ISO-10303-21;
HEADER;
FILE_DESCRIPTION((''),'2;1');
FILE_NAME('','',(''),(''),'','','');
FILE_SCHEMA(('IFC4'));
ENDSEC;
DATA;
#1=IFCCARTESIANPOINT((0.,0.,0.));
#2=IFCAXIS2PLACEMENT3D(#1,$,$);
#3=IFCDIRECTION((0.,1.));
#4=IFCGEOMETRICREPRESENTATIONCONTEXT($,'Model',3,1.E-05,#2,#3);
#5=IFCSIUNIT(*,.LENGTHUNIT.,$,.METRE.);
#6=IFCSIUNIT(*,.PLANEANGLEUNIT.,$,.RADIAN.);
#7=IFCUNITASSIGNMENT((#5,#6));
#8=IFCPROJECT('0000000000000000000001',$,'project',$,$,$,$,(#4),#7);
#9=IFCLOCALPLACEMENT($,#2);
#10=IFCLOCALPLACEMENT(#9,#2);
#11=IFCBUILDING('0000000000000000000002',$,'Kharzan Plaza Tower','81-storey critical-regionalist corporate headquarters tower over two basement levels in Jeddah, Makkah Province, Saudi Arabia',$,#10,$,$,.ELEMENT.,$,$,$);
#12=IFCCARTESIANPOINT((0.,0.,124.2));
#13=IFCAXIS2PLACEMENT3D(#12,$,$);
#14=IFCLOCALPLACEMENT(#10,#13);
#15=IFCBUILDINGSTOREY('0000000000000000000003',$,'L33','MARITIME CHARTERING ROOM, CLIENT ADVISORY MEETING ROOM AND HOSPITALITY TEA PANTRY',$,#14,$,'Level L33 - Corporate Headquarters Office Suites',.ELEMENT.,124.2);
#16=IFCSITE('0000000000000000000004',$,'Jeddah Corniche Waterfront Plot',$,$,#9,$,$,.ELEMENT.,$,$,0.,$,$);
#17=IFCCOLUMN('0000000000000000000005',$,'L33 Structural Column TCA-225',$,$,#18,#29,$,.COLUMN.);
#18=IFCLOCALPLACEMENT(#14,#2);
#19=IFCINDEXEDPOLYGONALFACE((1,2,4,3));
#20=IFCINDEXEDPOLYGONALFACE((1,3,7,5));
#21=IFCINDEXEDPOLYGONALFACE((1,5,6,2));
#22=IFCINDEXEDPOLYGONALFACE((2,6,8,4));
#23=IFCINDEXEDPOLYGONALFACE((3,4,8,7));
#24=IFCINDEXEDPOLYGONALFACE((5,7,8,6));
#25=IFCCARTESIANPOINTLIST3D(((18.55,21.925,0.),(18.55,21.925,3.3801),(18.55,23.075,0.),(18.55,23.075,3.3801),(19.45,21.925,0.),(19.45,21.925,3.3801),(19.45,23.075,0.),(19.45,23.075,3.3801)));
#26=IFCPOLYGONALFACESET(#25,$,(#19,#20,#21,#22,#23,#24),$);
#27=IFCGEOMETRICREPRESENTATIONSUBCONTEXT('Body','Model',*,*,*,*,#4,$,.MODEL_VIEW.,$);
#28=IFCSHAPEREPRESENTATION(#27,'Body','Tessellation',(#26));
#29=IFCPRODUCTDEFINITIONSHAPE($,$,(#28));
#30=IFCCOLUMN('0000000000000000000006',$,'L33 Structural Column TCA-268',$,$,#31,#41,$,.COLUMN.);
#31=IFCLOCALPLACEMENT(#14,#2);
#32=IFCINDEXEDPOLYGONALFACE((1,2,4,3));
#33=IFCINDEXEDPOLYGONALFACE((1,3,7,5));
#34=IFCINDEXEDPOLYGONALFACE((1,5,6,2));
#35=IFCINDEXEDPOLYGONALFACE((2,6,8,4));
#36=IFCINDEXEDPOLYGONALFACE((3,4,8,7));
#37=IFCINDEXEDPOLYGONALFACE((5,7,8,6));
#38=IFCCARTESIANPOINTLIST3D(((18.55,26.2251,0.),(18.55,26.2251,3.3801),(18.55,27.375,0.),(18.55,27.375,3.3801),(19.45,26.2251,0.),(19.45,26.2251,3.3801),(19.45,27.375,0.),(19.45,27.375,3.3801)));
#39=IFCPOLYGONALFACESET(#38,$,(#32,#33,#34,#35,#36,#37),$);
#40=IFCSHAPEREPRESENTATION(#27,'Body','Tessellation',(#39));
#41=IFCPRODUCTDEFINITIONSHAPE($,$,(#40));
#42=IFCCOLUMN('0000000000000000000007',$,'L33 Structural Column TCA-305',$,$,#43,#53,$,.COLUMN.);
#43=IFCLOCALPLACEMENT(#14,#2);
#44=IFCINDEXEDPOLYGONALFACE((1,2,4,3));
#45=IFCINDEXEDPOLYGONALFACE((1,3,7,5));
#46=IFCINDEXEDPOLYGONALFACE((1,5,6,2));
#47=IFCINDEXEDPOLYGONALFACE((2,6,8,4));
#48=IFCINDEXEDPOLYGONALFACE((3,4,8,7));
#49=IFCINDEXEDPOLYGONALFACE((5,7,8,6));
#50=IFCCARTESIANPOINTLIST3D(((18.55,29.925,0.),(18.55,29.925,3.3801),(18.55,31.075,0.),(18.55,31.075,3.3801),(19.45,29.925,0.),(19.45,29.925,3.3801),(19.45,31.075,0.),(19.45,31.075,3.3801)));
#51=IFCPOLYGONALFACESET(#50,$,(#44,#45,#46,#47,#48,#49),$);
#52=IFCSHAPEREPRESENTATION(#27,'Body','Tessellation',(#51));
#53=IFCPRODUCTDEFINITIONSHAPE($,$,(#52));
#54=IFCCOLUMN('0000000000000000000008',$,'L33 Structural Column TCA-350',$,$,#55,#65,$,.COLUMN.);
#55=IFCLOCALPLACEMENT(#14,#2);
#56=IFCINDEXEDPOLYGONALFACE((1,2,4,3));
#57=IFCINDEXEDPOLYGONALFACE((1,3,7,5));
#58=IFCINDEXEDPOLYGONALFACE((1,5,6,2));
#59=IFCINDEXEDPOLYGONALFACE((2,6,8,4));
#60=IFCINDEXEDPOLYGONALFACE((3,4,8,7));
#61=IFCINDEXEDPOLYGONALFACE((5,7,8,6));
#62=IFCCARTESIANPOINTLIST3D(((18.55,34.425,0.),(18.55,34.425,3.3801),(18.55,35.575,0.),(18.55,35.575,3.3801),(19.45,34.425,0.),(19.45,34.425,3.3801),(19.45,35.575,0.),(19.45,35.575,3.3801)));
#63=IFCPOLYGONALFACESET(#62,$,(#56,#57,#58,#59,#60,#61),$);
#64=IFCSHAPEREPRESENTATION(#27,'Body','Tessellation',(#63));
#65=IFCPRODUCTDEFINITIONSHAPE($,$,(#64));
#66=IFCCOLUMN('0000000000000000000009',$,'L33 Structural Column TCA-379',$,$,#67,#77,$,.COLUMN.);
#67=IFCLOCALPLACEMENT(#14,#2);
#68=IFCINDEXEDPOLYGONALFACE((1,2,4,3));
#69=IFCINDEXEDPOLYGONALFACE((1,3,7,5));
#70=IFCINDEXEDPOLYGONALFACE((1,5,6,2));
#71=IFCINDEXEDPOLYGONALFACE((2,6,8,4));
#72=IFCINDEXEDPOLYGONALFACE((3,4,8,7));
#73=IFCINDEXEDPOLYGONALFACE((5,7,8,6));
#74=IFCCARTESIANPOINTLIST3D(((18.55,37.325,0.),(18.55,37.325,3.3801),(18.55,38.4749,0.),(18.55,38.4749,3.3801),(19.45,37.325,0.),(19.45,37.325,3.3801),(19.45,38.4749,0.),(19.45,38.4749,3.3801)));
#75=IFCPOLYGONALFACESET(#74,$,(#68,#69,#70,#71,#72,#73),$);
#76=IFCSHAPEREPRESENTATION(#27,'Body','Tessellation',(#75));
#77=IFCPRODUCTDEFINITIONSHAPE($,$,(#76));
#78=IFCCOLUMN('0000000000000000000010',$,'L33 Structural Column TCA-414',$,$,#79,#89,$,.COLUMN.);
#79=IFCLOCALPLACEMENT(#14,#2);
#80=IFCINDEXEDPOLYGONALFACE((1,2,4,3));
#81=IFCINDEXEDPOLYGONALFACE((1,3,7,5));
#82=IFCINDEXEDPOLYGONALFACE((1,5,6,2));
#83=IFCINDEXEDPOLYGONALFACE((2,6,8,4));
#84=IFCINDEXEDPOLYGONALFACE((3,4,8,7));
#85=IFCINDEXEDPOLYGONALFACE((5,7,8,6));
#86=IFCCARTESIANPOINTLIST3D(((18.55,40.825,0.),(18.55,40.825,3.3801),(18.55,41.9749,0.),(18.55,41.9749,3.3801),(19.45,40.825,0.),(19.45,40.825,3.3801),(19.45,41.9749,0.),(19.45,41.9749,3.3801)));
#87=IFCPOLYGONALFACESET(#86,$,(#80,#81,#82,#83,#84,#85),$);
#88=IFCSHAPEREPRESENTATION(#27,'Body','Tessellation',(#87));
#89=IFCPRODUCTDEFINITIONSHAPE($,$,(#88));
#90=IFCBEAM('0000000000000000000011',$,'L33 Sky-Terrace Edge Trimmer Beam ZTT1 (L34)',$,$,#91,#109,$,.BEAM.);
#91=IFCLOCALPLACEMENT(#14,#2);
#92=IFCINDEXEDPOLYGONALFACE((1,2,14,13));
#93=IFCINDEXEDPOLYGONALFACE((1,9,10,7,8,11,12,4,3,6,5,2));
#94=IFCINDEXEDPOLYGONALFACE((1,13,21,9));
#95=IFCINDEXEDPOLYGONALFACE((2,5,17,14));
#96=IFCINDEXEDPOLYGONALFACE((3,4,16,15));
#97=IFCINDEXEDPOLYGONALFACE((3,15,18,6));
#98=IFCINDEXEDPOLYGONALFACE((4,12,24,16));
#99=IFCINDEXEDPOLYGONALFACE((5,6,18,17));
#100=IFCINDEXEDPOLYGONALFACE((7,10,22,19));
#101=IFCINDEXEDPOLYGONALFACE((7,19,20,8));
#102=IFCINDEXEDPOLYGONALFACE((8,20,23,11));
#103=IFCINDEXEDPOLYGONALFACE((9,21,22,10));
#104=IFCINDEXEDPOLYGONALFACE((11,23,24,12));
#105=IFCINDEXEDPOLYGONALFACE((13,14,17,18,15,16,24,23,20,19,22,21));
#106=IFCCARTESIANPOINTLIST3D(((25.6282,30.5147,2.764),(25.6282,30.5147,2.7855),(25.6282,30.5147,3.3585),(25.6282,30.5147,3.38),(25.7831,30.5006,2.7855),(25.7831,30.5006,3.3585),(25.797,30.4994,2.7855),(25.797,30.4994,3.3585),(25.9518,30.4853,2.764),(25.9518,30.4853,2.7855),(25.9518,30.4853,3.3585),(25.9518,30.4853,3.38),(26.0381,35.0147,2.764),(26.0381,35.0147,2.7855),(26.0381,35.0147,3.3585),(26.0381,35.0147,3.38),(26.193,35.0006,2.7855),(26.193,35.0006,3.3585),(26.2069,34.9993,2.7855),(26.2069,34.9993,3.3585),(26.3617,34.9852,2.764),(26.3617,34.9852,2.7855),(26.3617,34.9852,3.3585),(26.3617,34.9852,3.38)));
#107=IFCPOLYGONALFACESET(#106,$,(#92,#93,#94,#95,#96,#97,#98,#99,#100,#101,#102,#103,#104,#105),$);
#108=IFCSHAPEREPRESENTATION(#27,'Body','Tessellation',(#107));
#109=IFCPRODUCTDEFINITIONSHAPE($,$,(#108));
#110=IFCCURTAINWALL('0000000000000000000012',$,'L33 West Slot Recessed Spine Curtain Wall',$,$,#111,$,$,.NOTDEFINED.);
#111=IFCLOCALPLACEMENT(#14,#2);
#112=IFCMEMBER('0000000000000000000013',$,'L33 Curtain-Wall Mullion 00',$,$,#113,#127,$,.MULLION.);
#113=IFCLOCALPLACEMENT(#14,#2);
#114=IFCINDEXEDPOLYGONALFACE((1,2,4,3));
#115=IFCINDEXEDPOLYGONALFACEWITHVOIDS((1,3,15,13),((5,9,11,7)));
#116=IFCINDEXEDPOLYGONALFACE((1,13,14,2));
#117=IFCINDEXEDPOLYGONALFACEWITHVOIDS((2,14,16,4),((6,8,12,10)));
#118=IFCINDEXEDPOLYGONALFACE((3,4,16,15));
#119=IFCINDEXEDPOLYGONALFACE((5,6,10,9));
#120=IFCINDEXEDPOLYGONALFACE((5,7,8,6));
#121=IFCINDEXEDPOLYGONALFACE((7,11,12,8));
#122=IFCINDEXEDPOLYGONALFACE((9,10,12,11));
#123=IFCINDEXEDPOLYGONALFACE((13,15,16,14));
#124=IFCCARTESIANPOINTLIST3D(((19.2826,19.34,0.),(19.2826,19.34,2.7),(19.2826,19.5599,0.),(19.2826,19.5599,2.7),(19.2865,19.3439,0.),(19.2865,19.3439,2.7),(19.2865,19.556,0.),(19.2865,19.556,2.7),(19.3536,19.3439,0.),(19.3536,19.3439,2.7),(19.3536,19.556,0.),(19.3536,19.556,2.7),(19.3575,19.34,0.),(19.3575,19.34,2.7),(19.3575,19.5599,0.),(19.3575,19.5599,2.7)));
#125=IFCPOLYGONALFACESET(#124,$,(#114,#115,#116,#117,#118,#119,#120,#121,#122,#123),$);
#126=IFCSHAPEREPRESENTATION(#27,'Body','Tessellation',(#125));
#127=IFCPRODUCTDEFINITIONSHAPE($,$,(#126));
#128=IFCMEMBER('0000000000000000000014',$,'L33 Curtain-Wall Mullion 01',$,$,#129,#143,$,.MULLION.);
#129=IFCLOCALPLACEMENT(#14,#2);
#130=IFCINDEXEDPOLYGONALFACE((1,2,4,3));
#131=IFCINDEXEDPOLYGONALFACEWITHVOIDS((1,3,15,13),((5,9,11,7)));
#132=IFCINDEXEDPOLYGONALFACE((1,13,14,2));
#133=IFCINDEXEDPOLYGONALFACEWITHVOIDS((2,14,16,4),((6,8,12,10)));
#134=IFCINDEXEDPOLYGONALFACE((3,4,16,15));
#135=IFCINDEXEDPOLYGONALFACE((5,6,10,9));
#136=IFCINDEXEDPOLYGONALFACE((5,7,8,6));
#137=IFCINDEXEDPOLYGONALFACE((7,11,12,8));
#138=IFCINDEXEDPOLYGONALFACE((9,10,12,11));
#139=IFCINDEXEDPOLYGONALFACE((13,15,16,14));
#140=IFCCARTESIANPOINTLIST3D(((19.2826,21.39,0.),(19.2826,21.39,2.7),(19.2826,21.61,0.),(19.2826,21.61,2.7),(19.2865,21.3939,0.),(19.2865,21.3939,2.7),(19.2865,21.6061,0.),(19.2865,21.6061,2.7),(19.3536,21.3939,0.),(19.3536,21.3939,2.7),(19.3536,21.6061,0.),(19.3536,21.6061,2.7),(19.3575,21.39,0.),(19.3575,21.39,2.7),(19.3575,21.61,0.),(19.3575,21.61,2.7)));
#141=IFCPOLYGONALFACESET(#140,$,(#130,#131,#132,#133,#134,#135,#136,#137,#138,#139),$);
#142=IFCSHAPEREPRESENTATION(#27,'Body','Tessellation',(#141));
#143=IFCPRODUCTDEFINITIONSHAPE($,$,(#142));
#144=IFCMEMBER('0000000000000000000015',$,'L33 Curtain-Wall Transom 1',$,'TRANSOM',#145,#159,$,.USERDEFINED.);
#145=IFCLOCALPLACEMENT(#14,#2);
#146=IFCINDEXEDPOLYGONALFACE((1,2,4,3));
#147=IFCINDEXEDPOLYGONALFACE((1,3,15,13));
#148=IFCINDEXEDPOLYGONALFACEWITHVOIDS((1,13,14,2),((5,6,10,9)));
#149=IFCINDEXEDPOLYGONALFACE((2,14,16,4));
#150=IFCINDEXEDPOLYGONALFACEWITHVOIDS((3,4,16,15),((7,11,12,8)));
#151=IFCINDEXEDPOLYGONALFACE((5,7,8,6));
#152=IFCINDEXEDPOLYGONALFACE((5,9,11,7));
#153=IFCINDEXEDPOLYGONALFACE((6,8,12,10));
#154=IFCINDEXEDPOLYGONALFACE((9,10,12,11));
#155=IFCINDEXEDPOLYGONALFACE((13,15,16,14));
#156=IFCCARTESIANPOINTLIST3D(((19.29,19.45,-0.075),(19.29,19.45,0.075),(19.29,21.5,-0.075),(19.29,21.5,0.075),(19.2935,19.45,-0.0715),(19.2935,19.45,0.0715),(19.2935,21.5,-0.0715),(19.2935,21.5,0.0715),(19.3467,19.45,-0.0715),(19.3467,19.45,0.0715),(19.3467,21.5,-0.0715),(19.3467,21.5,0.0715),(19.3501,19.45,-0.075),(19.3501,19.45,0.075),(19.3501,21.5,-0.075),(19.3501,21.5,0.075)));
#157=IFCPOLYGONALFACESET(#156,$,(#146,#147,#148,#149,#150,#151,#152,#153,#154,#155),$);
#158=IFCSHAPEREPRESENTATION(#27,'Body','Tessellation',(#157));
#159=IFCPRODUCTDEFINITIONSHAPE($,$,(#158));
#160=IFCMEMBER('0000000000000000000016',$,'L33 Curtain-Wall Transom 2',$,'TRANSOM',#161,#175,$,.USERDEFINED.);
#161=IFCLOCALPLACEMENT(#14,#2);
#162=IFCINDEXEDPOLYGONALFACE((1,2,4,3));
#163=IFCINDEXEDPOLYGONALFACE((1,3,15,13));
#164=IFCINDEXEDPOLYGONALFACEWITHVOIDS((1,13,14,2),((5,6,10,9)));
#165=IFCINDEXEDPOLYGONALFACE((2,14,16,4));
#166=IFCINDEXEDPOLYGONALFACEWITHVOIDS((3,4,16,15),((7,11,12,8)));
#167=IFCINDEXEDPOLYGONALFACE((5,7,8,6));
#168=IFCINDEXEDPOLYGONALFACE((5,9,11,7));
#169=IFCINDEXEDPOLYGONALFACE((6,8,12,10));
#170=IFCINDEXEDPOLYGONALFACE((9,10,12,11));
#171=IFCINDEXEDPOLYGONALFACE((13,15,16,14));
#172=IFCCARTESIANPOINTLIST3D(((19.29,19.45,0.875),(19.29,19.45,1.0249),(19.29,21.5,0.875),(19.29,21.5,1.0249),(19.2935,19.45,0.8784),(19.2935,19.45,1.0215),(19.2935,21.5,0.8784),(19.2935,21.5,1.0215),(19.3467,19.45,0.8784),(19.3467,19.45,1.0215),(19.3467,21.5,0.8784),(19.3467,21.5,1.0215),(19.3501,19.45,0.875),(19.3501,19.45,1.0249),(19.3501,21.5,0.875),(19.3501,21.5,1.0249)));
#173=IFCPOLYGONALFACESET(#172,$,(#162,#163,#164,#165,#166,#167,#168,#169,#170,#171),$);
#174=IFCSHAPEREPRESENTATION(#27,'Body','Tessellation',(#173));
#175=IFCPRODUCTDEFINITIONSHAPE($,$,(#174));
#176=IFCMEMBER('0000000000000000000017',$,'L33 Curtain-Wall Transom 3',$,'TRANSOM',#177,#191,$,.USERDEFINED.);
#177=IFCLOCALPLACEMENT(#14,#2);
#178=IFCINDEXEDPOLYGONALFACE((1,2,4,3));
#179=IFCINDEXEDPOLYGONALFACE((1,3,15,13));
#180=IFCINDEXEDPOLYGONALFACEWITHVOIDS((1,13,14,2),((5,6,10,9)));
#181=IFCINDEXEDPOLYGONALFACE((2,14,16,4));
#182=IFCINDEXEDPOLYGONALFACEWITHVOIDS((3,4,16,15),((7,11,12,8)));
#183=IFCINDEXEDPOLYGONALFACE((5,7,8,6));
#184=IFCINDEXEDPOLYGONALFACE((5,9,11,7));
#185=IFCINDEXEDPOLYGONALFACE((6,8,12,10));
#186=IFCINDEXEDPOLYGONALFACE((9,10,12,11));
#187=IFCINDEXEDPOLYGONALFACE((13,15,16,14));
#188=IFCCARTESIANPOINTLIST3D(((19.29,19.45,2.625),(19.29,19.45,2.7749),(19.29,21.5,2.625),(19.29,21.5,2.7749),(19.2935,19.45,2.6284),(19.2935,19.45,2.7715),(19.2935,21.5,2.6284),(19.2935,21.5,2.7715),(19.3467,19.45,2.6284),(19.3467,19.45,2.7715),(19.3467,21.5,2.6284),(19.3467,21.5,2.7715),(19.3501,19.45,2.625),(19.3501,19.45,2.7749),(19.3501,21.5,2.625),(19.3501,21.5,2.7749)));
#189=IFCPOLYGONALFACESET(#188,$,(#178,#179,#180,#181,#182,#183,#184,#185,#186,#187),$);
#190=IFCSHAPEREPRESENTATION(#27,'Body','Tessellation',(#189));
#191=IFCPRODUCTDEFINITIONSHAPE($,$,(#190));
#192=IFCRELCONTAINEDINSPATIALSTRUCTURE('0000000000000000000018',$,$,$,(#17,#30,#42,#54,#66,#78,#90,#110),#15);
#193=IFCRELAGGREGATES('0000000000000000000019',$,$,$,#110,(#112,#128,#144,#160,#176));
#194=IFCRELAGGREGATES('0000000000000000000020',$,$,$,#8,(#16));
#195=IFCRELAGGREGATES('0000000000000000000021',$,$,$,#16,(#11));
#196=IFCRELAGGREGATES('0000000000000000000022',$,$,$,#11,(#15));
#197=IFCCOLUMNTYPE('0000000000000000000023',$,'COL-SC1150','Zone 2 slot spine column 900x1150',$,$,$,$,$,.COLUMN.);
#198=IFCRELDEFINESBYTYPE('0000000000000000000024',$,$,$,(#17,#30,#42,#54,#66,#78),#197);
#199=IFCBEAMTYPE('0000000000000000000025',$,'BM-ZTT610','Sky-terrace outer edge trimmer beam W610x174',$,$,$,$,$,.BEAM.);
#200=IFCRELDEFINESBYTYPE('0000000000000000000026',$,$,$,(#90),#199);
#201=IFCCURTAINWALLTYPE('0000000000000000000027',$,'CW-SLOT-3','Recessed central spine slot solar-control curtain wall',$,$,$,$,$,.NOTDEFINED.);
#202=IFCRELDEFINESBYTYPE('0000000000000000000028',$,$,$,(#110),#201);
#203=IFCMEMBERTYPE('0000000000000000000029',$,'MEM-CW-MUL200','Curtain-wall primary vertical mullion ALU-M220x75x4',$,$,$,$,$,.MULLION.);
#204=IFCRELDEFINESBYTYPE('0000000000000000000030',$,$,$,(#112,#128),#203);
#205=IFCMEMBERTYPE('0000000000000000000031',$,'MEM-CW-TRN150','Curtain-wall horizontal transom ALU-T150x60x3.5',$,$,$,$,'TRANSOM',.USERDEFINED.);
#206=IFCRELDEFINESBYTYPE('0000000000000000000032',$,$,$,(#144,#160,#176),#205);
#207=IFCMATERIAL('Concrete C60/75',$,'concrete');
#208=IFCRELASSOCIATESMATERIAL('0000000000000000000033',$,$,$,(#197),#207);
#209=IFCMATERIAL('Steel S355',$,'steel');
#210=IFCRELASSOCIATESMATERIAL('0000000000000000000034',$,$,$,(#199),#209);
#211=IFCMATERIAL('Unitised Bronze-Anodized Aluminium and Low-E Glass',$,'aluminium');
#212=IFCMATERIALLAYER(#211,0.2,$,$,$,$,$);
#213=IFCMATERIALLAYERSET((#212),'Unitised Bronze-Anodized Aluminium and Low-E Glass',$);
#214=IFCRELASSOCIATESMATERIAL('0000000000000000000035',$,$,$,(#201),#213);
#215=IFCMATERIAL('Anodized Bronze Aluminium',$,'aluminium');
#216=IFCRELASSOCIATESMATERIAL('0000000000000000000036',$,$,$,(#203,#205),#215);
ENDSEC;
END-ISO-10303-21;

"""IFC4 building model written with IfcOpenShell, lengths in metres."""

from ifc_helpers import new_model, si_unit, direction, frame, origin, origin_2d, place, context, subcontext, project, spatial, rectangle, hollow_rectangle, i_section, extrude, source, transform, mapped, material, layer, layer_set, material_profile, profile_set, type_object, element, aggregate, save


model = new_model("IFC4")

# Units and contexts
model_context = context("Model", 3, precision=1e-05, world=origin(), true_north=direction((0.0, 1.0)))
body_context = subcontext(model_context, "Body", "Model", "MODEL_VIEW")
ifc_project = project(units=[si_unit("LENGTHUNIT", "METRE"), si_unit("PLANEANGLEUNIT", "RADIAN")], contexts=[model_context])

# Site, building, storey
site_placement = place(None, origin())
site = spatial("IfcSite", under=ifc_project, at=site_placement, Name="Jeddah Corniche Waterfront Plot", CompositionType="ELEMENT", RefElevation=0.0)
building_placement = place(site_placement, origin())
building = spatial("IfcBuilding", under=site, at=building_placement, Name="Kharzan Plaza Tower", Description="81-storey critical-regionalist corporate headquarters tower over two basement levels in Jeddah, Makkah Province, Saudi Arabia", CompositionType="ELEMENT")
storey_placement = place(building_placement, frame((0.0, 0.0, 124.2)))
storey = spatial("IfcBuildingStorey", under=building, at=storey_placement, Name="L33", Description="MARITIME CHARTERING ROOM, CLIENT ADVISORY MEETING ROOM AND HOSPITALITY TEA PANTRY", LongName="Level L33 - Corporate Headquarters Office Suites", CompositionType="ELEMENT", Elevation=124.2)

# Columns
ifc_material_1 = material(Name="Concrete C60/75", Category="concrete")
ifc_material_profile_1 = material_profile(ifc_material_1, rectangle(XDim=0.8999, YDim=1.1499, at=origin_2d()), Name="RC-SC1150x900")
ifc_profile_set_1 = profile_set([ifc_material_profile_1], Name="Concrete C60/75")
column_type = type_object("IfcColumnType", Name="COL-SC1150", Description="Zone 2 slot spine column 900x1150", PredefinedType="COLUMN", material=ifc_profile_set_1)
shared_shape_1 = source(origin(), body_context, "Body", "SweptSolid", [
    extrude(rectangle(XDim=0.8999, YDim=1.1499, at=origin_2d()), origin(), (0.0, 0.0, 1.0), 3.3801),
])
for number, where, z_axis, x_axis, name in (
    (1, (19.0, 22.5, 0.0), (0.0, 0.0, 1.0), (1.0, 0.0, 0.0), "L33 Structural Column TCA-225"),
    (2, (19.0, 26.8, 0.0), (0.0, 0.0, 1.0), (1.0, 0.0, 0.0), "L33 Structural Column TCA-268"),
    (3, (19.0, 30.5, 0.0), (0.0, 0.0, 1.0), (1.0, 0.0, 0.0), "L33 Structural Column TCA-305"),
    (4, (19.0, 35.0, 0.0), (0.0, 0.0, 1.0), (1.0, 0.0, 0.0), "L33 Structural Column TCA-350"),
    (5, (19.0, 37.8999, 0.0), (0.0, 0.0, 1.0), (1.0, 0.0, 0.0), "L33 Structural Column TCA-379"),
    (6, (19.0, 41.3999, 0.0), (0.0, 0.0, 1.0), (1.0, 0.0, 0.0), "L33 Structural Column TCA-414"),
):
    element("IfcColumn", number, at=place(storey_placement, frame(where, z_axis=z_axis, x_axis=x_axis)), inside=storey, type_object=column_type, Name=name, PredefinedType="COLUMN", context=body_context, shape_type="MappedRepresentation", body=[
        mapped(shared_shape_1, transform((0.0, 0.0, 0.0), x_axis=(1.0, 0.0, 0.0), y_axis=(0.0, 1.0, 0.0), z_axis=(0.0, 0.0, 1.0))),
    ])

# Beam
ifc_material_2 = material(Name="Steel S355", Category="steel")
ifc_material_profile_2 = material_profile(ifc_material_2, i_section(OverallWidth=0.325, OverallDepth=0.616, WebThickness=0.0139, FlangeThickness=0.0215, at=origin_2d()), Name="W610x174")
ifc_profile_set_2 = profile_set([ifc_material_profile_2], Name="Steel S355")
beam_type = type_object("IfcBeamType", Name="BM-ZTT610", Description="Sky-terrace outer edge trimmer beam W610x174", PredefinedType="BEAM", material=ifc_profile_set_2)
shared_shape_2 = source(origin(), body_context, "Body", "SweptSolid", [
    extrude(i_section(OverallWidth=0.325, OverallDepth=0.616, WebThickness=0.0139, FlangeThickness=0.0215, at=origin_2d()), origin(), (0.0, 0.0, 1.0), 4.5186),
])
beam_placement = place(storey_placement, frame((25.79, 30.5, 3.072), z_axis=(0.090716, 0.995877, 0.0), x_axis=(-0.995877, 0.090716, 0.0)))
element("IfcBeam", 7, at=beam_placement, inside=storey, type_object=beam_type, Name="L33 Sky-Terrace Edge Trimmer Beam ZTT1 (L34)", PredefinedType="BEAM", context=body_context, shape_type="MappedRepresentation", body=[
    mapped(shared_shape_2, transform((0.0, 0.0, 0.0), x_axis=(1.0, 0.0, 0.0), y_axis=(0.0, 1.0, 0.0), z_axis=(0.0, 0.0, 1.0))),
])

# Curtain wall, members
ifc_material_3 = material(Name="Unitised Bronze-Anodized Aluminium and Low-E Glass", Category="aluminium")
ifc_layer_1 = layer(ifc_material_3, 0.2)
ifc_layer_set_1 = layer_set([ifc_layer_1], Name="Unitised Bronze-Anodized Aluminium and Low-E Glass")
curtain_wall_type = type_object("IfcCurtainWallType", Name="CW-SLOT-3", Description="Recessed central spine slot solar-control curtain wall", PredefinedType="NOTDEFINED", material=ifc_layer_set_1)
curtain_wall_placement = place(storey_placement, origin())
curtain_wall = element("IfcCurtainWall", 8, at=curtain_wall_placement, inside=storey, type_object=curtain_wall_type, Name="L33 West Slot Recessed Spine Curtain Wall", PredefinedType="NOTDEFINED")
ifc_material_4 = material(Name="Anodized Bronze Aluminium", Category="aluminium")
ifc_material_profile_3 = material_profile(ifc_material_4, hollow_rectangle(XDim=0.075, YDim=0.22, WallThickness=0.0039, at=origin_2d()), Name="ALU-M220x75x4")
ifc_profile_set_3 = profile_set([ifc_material_profile_3], Name="Anodized Bronze Aluminium")
member_type_1 = type_object("IfcMemberType", Name="MEM-CW-MUL200", Description="Curtain-wall primary vertical mullion ALU-M220x75x4", PredefinedType="MULLION", material=ifc_profile_set_3)
shared_shape_3 = source(origin(), body_context, "Body", "SweptSolid", [
    extrude(hollow_rectangle(XDim=0.075, YDim=0.22, WallThickness=0.0039, at=origin_2d()), origin(), (0.0, 0.0, 1.0), 2.7),
])
member_1_placement = place(storey_placement, frame((19.3201, 19.45, 0.0), z_axis=(0.0, 0.0, 1.0), x_axis=(1.0, 0.0, 0.0)))
member_1 = element("IfcMember", 9, at=member_1_placement, type_object=member_type_1, Name="L33 Curtain-Wall Mullion 00", PredefinedType="MULLION", context=body_context, shape_type="MappedRepresentation", body=[
    mapped(shared_shape_3, transform((0.0, 0.0, 0.0), x_axis=(1.0, 0.0, 0.0), y_axis=(0.0, 1.0, 0.0), z_axis=(0.0, 0.0, 1.0))),
])
member_2_placement = place(storey_placement, frame((19.3201, 21.5, 0.0), z_axis=(0.0, 0.0, 1.0), x_axis=(1.0, 0.0, 0.0)))
member_2 = element("IfcMember", 10, at=member_2_placement, type_object=member_type_1, Name="L33 Curtain-Wall Mullion 01", PredefinedType="MULLION", context=body_context, shape_type="MappedRepresentation", body=[
    mapped(shared_shape_3, transform((0.0, 0.0, 0.0), x_axis=(1.0, 0.0, 0.0), y_axis=(0.0, 1.0, 0.0), z_axis=(0.0, 0.0, 1.0))),
])
ifc_material_profile_4 = material_profile(ifc_material_4, hollow_rectangle(XDim=0.0601, YDim=0.1499, WallThickness=0.0034, at=origin_2d()), Name="ALU-T150x60x3.5")
ifc_profile_set_4 = profile_set([ifc_material_profile_4], Name="Anodized Bronze Aluminium")
member_type_2 = type_object("IfcMemberType", Name="MEM-CW-TRN150", Description="Curtain-wall horizontal transom ALU-T150x60x3.5", ElementType="TRANSOM", PredefinedType="USERDEFINED", material=ifc_profile_set_4)
shared_shape_4 = source(origin(), body_context, "Body", "SweptSolid", [
    extrude(hollow_rectangle(XDim=0.0601, YDim=0.1499, WallThickness=0.0034, at=origin_2d()), origin(), (0.0, 0.0, 1.0), 2.05),
])
member_3_placement = place(storey_placement, frame((19.3201, 19.45, 0.0), z_axis=(0.0, 1.0, 0.0), x_axis=(-1.0, 0.0, 0.0)))
member_3 = element("IfcMember", 11, at=member_3_placement, type_object=member_type_2, Name="L33 Curtain-Wall Transom 1", ObjectType="TRANSOM", PredefinedType="USERDEFINED", context=body_context, shape_type="MappedRepresentation", body=[
    mapped(shared_shape_4, transform((0.0, 0.0, 0.0), x_axis=(1.0, 0.0, 0.0), y_axis=(0.0, 1.0, 0.0), z_axis=(0.0, 0.0, 1.0))),
])
member_4_placement = place(storey_placement, frame((19.3201, 19.45, 0.95), z_axis=(0.0, 1.0, 0.0), x_axis=(-1.0, 0.0, 0.0)))
member_4 = element("IfcMember", 12, at=member_4_placement, type_object=member_type_2, Name="L33 Curtain-Wall Transom 2", ObjectType="TRANSOM", PredefinedType="USERDEFINED", context=body_context, shape_type="MappedRepresentation", body=[
    mapped(shared_shape_4, transform((0.0, 0.0, 0.0), x_axis=(1.0, 0.0, 0.0), y_axis=(0.0, 1.0, 0.0), z_axis=(0.0, 0.0, 1.0))),
])
member_5_placement = place(storey_placement, frame((19.3201, 19.45, 2.7), z_axis=(0.0, 1.0, 0.0), x_axis=(-1.0, 0.0, 0.0)))
member_5 = element("IfcMember", 13, at=member_5_placement, type_object=member_type_2, Name="L33 Curtain-Wall Transom 3", ObjectType="TRANSOM", PredefinedType="USERDEFINED", context=body_context, shape_type="MappedRepresentation", body=[
    mapped(shared_shape_4, transform((0.0, 0.0, 0.0), x_axis=(1.0, 0.0, 0.0), y_axis=(0.0, 1.0, 0.0), z_axis=(0.0, 0.0, 1.0))),
])
aggregate(curtain_wall, [member_1, member_2, member_3, member_4, member_5])

save(model, "model.ifc")
